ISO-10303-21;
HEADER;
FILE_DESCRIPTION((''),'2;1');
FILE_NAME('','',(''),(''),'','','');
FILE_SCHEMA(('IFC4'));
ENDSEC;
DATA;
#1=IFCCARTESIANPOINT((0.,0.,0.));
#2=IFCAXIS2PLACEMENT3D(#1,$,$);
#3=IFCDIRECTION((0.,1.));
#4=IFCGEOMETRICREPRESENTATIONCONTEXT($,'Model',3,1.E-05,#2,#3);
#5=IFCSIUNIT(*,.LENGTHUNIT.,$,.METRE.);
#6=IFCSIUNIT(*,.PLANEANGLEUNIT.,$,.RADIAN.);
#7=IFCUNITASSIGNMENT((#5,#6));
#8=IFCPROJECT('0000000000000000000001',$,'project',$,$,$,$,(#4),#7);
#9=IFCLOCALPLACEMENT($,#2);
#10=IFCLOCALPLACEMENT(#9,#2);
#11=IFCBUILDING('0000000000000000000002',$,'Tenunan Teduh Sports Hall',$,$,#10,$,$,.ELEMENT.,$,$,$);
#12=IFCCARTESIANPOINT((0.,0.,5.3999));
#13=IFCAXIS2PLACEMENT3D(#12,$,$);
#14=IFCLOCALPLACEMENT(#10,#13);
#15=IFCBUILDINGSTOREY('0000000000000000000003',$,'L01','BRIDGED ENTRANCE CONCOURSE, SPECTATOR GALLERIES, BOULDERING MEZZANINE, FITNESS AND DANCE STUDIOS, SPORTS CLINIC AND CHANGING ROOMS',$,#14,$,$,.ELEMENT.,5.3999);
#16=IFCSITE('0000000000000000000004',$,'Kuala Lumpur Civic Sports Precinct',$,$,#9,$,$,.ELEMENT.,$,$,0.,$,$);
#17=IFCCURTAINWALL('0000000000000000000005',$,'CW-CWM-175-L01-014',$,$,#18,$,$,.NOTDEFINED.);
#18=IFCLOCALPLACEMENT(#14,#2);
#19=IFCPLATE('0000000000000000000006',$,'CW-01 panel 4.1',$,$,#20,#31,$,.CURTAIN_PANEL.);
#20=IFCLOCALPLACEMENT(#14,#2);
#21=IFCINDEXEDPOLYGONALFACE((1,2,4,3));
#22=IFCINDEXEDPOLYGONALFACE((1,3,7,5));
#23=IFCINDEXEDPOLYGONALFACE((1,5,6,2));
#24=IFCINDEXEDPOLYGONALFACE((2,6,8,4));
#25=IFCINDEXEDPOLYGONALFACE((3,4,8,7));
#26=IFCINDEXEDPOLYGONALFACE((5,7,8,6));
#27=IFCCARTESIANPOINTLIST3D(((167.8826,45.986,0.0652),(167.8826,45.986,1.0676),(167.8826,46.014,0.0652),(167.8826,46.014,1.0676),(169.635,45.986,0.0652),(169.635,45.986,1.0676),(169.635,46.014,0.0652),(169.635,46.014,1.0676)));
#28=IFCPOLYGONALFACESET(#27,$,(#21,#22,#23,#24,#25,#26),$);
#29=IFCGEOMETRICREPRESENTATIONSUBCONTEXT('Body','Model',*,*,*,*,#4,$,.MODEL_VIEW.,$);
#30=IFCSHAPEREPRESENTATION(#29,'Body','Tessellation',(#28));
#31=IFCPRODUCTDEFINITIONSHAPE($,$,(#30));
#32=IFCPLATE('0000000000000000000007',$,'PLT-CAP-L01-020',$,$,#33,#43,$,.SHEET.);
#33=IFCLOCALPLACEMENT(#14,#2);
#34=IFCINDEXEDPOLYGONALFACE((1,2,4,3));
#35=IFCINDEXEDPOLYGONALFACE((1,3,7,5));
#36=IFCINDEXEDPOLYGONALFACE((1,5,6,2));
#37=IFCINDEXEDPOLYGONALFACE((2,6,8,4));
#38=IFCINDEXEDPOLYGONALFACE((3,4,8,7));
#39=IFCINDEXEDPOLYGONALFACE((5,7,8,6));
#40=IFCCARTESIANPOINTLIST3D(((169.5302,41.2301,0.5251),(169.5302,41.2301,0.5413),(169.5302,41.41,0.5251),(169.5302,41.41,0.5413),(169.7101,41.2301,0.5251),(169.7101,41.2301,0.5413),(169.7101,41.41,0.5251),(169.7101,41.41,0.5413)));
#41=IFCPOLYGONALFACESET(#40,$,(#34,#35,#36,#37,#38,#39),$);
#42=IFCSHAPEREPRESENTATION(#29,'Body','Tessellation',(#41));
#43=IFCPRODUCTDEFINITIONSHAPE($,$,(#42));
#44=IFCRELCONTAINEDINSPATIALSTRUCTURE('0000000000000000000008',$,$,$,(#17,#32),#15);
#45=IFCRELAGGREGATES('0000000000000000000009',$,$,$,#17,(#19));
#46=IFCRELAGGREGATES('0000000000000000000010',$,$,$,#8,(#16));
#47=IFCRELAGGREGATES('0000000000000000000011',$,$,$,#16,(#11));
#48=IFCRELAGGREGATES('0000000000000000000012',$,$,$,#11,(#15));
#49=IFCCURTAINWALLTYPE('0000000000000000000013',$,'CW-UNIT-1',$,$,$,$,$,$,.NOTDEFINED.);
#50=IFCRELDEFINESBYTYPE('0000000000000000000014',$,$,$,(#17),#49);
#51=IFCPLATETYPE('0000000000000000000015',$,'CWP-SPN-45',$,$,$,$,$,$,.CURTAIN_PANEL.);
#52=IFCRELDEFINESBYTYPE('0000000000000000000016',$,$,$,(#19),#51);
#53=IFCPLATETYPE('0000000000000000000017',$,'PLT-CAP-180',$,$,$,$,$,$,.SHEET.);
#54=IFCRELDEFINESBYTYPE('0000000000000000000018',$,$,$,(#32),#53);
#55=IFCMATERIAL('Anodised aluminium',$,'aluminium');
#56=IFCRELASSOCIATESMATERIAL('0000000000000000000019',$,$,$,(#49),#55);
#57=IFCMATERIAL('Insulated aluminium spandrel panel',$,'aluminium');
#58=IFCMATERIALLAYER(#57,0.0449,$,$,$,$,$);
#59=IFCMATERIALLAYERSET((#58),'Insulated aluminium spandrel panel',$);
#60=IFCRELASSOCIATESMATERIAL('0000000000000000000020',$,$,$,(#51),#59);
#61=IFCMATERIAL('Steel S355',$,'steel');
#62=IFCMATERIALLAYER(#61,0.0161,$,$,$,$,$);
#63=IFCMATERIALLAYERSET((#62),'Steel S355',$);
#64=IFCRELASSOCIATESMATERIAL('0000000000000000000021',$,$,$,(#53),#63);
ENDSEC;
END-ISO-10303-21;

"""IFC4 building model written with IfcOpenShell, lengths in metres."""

from ifc_helpers import new_model, si_unit, direction, frame, origin, origin_2d, place, context, subcontext, project, spatial, rectangle, extrude, material, layer, layer_set, type_object, element, aggregate, save


model = new_model("IFC4")

# Units and contexts
model_context = context("Model", 3, precision=1e-05, world=origin(), true_north=direction((0.0, 1.0)))
body_context = subcontext(model_context, "Body", "Model", "MODEL_VIEW")
ifc_project = project(units=[si_unit("LENGTHUNIT", "METRE"), si_unit("PLANEANGLEUNIT", "RADIAN")], contexts=[model_context])

# Site, building, storey
site_placement = place(None, origin())
site = spatial("IfcSite", under=ifc_project, at=site_placement, Name="Kuala Lumpur Civic Sports Precinct", CompositionType="ELEMENT", RefElevation=0.0)
building_placement = place(site_placement, origin())
building = spatial("IfcBuilding", under=site, at=building_placement, Name="Tenunan Teduh Sports Hall", CompositionType="ELEMENT")
storey_placement = place(building_placement, frame((0.0, 0.0, 5.3999)))
storey = spatial("IfcBuildingStorey", under=building, at=storey_placement, Name="L01", Description="BRIDGED ENTRANCE CONCOURSE, SPECTATOR GALLERIES, BOULDERING MEZZANINE, FITNESS AND DANCE STUDIOS, SPORTS CLINIC AND CHANGING ROOMS", CompositionType="ELEMENT", Elevation=5.3999)

# Curtain wall
ifc_material_1 = material(Name="Anodised aluminium", Category="aluminium")
curtain_wall_type = type_object("IfcCurtainWallType", Name="CW-UNIT-1", PredefinedType="NOTDEFINED", material=ifc_material_1)
curtain_wall_placement = place(storey_placement, origin())
curtain_wall = element("IfcCurtainWall", 1, at=curtain_wall_placement, inside=storey, type_object=curtain_wall_type, Name="CW-CWM-175-L01-014", PredefinedType="NOTDEFINED")

# Plates
ifc_material_2 = material(Name="Insulated aluminium spandrel panel", Category="aluminium")
ifc_layer_1 = layer(ifc_material_2, 0.0449)
ifc_layer_set_1 = layer_set([ifc_layer_1], Name="Insulated aluminium spandrel panel")
plate_type_1 = type_object("IfcPlateType", Name="CWP-SPN-45", PredefinedType="CURTAIN_PANEL", material=ifc_layer_set_1)
plate_1_placement = place(storey_placement, frame((168.7588, 46.0, 0.0652), z_axis=(0.0, 0.0, 1.0), x_axis=(1.0, 0.0, 0.0)))
plate_1 = element("IfcPlate", 2, at=plate_1_placement, type_object=plate_type_1, Name="CW-01 panel 4.1", PredefinedType="CURTAIN_PANEL", context=body_context, shape_type="SweptSolid", body=[
    extrude(rectangle(XDim=1.7524, YDim=0.0281, at=origin_2d()), origin(), (0.0, 0.0, 1.0), 1.0024),
])
aggregate(curtain_wall, [plate_1])
ifc_material_3 = material(Name="Steel S355", Category="steel")
ifc_layer_2 = layer(ifc_material_3, 0.0161)
ifc_layer_set_2 = layer_set([ifc_layer_2], Name="Steel S355")
plate_type_2 = type_object("IfcPlateType", Name="PLT-CAP-180", PredefinedType="SHEET", material=ifc_layer_set_2)
plate_2_placement = place(storey_placement, frame((169.6201, 41.3201, 0.5251), z_axis=(0.0, 0.0, 1.0), x_axis=(1.0, 0.0, 0.0)))
element("IfcPlate", 3, at=plate_2_placement, inside=storey, type_object=plate_type_2, Name="PLT-CAP-L01-020", PredefinedType="SHEET", context=body_context, shape_type="SweptSolid", body=[
    extrude(rectangle(XDim=0.1799, YDim=0.1799, at=origin_2d()), origin(), (0.0, 0.0, 1.0), 0.0161),
])

save(model, "model.ifc")
